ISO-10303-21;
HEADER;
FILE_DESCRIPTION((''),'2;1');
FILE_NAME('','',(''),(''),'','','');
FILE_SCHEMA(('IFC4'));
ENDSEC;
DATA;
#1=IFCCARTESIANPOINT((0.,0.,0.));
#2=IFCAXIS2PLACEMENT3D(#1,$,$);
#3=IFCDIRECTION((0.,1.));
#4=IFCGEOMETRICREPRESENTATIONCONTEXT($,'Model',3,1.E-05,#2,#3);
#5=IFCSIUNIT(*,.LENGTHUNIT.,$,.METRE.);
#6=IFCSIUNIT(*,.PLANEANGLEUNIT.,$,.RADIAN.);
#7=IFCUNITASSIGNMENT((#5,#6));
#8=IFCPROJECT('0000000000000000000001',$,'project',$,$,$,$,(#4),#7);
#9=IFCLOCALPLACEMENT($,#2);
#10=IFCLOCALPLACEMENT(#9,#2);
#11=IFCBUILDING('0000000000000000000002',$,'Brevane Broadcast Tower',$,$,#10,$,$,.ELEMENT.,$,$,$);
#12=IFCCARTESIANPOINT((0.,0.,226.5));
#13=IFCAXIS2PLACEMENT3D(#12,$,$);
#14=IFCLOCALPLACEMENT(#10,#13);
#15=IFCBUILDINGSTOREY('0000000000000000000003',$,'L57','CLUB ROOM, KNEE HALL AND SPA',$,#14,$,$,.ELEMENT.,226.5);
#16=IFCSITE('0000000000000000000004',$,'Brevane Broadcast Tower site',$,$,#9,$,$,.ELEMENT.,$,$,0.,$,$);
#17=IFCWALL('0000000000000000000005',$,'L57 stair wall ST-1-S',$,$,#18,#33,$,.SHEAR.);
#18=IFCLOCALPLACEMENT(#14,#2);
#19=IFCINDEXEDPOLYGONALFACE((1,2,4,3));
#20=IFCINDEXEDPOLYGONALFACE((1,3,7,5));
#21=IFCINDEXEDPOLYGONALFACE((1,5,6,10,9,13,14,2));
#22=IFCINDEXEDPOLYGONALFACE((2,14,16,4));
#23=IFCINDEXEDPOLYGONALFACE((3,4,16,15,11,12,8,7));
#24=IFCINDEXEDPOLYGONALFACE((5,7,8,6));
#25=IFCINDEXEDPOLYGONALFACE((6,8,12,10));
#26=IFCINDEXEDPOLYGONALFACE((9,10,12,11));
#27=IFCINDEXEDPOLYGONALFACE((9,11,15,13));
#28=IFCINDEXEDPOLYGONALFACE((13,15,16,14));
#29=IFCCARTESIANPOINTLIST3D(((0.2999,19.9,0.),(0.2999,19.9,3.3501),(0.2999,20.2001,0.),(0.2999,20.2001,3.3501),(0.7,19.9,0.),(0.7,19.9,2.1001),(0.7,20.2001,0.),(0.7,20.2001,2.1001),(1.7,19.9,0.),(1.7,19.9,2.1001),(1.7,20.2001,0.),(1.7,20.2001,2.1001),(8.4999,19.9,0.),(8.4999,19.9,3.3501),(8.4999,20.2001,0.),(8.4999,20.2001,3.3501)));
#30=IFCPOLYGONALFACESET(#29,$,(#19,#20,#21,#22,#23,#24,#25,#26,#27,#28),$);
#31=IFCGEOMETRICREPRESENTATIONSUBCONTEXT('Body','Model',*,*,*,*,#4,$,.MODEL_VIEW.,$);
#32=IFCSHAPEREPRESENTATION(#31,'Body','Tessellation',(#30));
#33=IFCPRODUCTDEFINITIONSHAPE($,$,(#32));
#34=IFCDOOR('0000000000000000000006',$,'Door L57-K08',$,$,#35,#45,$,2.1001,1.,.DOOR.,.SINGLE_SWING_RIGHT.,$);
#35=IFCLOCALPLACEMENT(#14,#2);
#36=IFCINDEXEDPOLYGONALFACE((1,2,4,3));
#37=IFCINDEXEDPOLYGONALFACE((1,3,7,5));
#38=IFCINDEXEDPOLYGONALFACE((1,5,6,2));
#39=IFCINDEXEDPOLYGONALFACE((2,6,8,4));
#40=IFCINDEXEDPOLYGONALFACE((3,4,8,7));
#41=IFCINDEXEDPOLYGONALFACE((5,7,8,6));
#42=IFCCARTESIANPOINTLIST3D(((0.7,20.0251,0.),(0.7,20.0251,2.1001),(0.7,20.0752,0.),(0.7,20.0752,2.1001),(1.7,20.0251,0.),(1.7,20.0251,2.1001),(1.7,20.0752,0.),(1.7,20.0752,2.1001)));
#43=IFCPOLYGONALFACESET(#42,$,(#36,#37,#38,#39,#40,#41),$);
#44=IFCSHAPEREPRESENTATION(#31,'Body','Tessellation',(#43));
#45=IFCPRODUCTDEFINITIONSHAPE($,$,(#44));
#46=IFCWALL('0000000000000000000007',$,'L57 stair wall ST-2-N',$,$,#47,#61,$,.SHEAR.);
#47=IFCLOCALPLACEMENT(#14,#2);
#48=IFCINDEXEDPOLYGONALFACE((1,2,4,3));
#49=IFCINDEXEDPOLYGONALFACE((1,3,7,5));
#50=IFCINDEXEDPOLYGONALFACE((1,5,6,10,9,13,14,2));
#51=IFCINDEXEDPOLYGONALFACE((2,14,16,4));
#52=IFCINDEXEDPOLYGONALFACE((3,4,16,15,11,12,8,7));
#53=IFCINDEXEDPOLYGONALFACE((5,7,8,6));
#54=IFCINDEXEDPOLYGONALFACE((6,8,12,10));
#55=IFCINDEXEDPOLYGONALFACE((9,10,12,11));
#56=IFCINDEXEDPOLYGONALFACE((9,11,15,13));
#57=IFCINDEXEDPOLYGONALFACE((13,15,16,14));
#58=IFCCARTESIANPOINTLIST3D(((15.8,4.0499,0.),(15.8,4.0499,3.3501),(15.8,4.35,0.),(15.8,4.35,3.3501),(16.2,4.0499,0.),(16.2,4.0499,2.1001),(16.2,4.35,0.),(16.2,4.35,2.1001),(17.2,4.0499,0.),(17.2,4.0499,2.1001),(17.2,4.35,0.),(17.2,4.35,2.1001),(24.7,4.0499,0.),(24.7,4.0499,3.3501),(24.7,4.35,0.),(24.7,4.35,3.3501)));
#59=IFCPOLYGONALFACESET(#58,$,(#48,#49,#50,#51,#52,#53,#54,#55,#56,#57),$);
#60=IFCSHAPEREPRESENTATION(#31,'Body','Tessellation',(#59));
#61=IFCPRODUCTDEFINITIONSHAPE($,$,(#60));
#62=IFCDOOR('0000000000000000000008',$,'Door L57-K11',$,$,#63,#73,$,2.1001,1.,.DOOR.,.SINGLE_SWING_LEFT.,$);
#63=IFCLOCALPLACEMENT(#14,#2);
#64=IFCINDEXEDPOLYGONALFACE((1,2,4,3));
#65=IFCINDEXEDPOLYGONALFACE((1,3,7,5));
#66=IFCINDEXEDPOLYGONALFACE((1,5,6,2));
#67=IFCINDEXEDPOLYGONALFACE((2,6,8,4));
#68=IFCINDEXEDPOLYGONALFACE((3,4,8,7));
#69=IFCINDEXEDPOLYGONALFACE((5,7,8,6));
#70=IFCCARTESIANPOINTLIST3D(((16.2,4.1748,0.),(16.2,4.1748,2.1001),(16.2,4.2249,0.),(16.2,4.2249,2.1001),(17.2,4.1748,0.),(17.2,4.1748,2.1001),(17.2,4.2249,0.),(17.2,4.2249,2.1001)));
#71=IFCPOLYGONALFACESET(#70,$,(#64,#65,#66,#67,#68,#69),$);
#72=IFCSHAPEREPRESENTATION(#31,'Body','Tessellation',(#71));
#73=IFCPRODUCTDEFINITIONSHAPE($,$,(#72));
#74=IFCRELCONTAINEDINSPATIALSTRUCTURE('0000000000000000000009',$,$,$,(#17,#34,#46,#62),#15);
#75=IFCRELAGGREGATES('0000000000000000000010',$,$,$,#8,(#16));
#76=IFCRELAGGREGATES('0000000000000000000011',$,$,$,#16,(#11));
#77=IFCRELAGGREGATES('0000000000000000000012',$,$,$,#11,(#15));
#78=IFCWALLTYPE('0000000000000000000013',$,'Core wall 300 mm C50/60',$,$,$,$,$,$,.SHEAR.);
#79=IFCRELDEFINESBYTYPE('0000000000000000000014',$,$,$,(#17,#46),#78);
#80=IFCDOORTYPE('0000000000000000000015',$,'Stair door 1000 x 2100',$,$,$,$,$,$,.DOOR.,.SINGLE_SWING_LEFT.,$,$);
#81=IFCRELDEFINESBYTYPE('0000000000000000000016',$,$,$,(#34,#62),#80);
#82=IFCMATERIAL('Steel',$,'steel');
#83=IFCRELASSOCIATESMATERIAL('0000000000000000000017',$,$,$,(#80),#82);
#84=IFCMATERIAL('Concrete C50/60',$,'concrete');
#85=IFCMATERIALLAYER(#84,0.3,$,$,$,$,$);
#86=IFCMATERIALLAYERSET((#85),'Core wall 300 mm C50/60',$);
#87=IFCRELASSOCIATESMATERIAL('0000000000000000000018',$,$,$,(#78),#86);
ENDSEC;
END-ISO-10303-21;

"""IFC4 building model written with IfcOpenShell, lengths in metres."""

from ifc_helpers import new_model, si_unit, direction, frame, frame_2d, origin, place, context, subcontext, project, spatial, rectangle, extrude, material, layer, layer_set, type_object, element, fill, save


model = new_model("IFC4")

# Units and contexts
model_context = context("Model", 3, precision=1e-05, world=origin(), true_north=direction((0.0, 1.0)))
body_context = subcontext(model_context, "Body", "Model", "MODEL_VIEW")
ifc_project = project(units=[si_unit("LENGTHUNIT", "METRE"), si_unit("PLANEANGLEUNIT", "RADIAN")], contexts=[model_context])

# Site, building, storey
site_placement = place(None, origin())
site = spatial("IfcSite", under=ifc_project, at=site_placement, Name="Brevane Broadcast Tower site", CompositionType="ELEMENT", RefElevation=0.0)
building_placement = place(site_placement, origin())
building = spatial("IfcBuilding", under=site, at=building_placement, Name="Brevane Broadcast Tower", CompositionType="ELEMENT")
storey_placement = place(building_placement, frame((0.0, 0.0, 226.5)))
storey = spatial("IfcBuildingStorey", under=building, at=storey_placement, Name="L57", Description="CLUB ROOM, KNEE HALL AND SPA", CompositionType="ELEMENT", Elevation=226.5)

# Shared definitions
ifc_material_1 = material(Name="Steel", Category="steel")

# Shared definitions
door_type_1 = type_object("IfcDoorType", Name="Stair door 1000 x 2100", OperationType="SINGLE_SWING_LEFT", PredefinedType="DOOR", material=ifc_material_1)

# Shared definitions
ifc_material_2 = material(Name="Concrete C50/60", Category="concrete")
ifc_layer_1 = layer(ifc_material_2, 0.3)
ifc_layer_set_1 = layer_set([ifc_layer_1], Name="Core wall 300 mm C50/60")
wall_type_1 = type_object("IfcWallType", Name="Core wall 300 mm C50/60", PredefinedType="SHEAR", material=ifc_layer_set_1)

# Walls, openings, doors
wall_1_placement = place(storey_placement, frame((8.5, 20.05, 0.0), z_axis=(0.0, 0.0, 1.0), x_axis=(-1.0, 0.0, 0.0)))
wall_1 = element("IfcWall", 1, at=wall_1_placement, inside=storey, type_object=wall_type_1, Name="L57 stair wall ST-1-S", PredefinedType="SHEAR", context=body_context, shape_type="SweptSolid", body=[
    extrude(rectangle(XDim=8.2, YDim=0.3, at=frame_2d((4.1001, 0.0))), origin(), (0.0, 0.0, 1.0), 3.3501),
])
opening_1_placement = place(wall_1_placement, frame((6.8, 0.0, 0.0)))
opening_1 = element("IfcOpeningElement", 2, at=opening_1_placement, cuts=wall_1, PredefinedType="OPENING", context=body_context, shape_type="SweptSolid", body=[
    extrude(rectangle(XDim=1.0, YDim=2.1001, at=frame_2d((0.5, 1.05))), frame((0.0, 0.1599, 0.0), z_axis=(0.0, -1.0, 0.0), x_axis=(1.0, 0.0, 0.0)), (0.0, 0.0, 1.0), 0.3201),
])
door_1_placement = place(opening_1_placement, origin())
door_1 = element("IfcDoor", 3, at=door_1_placement, inside=storey, type_object=door_type_1, Name="Door L57-K08", OperationType="SINGLE_SWING_RIGHT", OverallHeight=2.1001, OverallWidth=1.0, PredefinedType="DOOR", context=body_context, shape_type="SweptSolid", body=[
    extrude(rectangle(XDim=1.0, YDim=2.1001, at=frame_2d((0.5, 1.05))), frame((0.0, 0.0249, 0.0), z_axis=(0.0, -1.0, 0.0), x_axis=(1.0, 0.0, 0.0)), (0.0, 0.0, 1.0), 0.05),
])
fill(opening_1, door_1)
wall_2_placement = place(storey_placement, frame((15.8, 4.2, 0.0), z_axis=(0.0, 0.0, 1.0), x_axis=(1.0, 0.0, 0.0)))
wall_2 = element("IfcWall", 4, at=wall_2_placement, inside=storey, type_object=wall_type_1, Name="L57 stair wall ST-2-N", PredefinedType="SHEAR", context=body_context, shape_type="SweptSolid", body=[
    extrude(rectangle(XDim=8.8999, YDim=0.3, at=frame_2d((4.45, 0.0))), origin(), (0.0, 0.0, 1.0), 3.3501),
])
opening_2_placement = place(wall_2_placement, frame((0.3999, 0.0, 0.0)))
opening_2 = element("IfcOpeningElement", 5, at=opening_2_placement, cuts=wall_2, PredefinedType="OPENING", context=body_context, shape_type="SweptSolid", body=[
    extrude(rectangle(XDim=1.0, YDim=2.1001, at=frame_2d((0.5, 1.05))), frame((0.0, 0.1599, 0.0), z_axis=(0.0, -1.0, 0.0), x_axis=(1.0, 0.0, 0.0)), (0.0, 0.0, 1.0), 0.3201),
])
door_2_placement = place(opening_2_placement, origin())
door_2 = element("IfcDoor", 6, at=door_2_placement, inside=storey, type_object=door_type_1, Name="Door L57-K11", OperationType="SINGLE_SWING_LEFT", OverallHeight=2.1001, OverallWidth=1.0, PredefinedType="DOOR", context=body_context, shape_type="SweptSolid", body=[
    extrude(rectangle(XDim=1.0, YDim=2.1001, at=frame_2d((0.5, 1.05))), frame((0.0, 0.0249, 0.0), z_axis=(0.0, -1.0, 0.0), x_axis=(1.0, 0.0, 0.0)), (0.0, 0.0, 1.0), 0.05),
])
fill(opening_2, door_2)

save(model, "model.ifc")
